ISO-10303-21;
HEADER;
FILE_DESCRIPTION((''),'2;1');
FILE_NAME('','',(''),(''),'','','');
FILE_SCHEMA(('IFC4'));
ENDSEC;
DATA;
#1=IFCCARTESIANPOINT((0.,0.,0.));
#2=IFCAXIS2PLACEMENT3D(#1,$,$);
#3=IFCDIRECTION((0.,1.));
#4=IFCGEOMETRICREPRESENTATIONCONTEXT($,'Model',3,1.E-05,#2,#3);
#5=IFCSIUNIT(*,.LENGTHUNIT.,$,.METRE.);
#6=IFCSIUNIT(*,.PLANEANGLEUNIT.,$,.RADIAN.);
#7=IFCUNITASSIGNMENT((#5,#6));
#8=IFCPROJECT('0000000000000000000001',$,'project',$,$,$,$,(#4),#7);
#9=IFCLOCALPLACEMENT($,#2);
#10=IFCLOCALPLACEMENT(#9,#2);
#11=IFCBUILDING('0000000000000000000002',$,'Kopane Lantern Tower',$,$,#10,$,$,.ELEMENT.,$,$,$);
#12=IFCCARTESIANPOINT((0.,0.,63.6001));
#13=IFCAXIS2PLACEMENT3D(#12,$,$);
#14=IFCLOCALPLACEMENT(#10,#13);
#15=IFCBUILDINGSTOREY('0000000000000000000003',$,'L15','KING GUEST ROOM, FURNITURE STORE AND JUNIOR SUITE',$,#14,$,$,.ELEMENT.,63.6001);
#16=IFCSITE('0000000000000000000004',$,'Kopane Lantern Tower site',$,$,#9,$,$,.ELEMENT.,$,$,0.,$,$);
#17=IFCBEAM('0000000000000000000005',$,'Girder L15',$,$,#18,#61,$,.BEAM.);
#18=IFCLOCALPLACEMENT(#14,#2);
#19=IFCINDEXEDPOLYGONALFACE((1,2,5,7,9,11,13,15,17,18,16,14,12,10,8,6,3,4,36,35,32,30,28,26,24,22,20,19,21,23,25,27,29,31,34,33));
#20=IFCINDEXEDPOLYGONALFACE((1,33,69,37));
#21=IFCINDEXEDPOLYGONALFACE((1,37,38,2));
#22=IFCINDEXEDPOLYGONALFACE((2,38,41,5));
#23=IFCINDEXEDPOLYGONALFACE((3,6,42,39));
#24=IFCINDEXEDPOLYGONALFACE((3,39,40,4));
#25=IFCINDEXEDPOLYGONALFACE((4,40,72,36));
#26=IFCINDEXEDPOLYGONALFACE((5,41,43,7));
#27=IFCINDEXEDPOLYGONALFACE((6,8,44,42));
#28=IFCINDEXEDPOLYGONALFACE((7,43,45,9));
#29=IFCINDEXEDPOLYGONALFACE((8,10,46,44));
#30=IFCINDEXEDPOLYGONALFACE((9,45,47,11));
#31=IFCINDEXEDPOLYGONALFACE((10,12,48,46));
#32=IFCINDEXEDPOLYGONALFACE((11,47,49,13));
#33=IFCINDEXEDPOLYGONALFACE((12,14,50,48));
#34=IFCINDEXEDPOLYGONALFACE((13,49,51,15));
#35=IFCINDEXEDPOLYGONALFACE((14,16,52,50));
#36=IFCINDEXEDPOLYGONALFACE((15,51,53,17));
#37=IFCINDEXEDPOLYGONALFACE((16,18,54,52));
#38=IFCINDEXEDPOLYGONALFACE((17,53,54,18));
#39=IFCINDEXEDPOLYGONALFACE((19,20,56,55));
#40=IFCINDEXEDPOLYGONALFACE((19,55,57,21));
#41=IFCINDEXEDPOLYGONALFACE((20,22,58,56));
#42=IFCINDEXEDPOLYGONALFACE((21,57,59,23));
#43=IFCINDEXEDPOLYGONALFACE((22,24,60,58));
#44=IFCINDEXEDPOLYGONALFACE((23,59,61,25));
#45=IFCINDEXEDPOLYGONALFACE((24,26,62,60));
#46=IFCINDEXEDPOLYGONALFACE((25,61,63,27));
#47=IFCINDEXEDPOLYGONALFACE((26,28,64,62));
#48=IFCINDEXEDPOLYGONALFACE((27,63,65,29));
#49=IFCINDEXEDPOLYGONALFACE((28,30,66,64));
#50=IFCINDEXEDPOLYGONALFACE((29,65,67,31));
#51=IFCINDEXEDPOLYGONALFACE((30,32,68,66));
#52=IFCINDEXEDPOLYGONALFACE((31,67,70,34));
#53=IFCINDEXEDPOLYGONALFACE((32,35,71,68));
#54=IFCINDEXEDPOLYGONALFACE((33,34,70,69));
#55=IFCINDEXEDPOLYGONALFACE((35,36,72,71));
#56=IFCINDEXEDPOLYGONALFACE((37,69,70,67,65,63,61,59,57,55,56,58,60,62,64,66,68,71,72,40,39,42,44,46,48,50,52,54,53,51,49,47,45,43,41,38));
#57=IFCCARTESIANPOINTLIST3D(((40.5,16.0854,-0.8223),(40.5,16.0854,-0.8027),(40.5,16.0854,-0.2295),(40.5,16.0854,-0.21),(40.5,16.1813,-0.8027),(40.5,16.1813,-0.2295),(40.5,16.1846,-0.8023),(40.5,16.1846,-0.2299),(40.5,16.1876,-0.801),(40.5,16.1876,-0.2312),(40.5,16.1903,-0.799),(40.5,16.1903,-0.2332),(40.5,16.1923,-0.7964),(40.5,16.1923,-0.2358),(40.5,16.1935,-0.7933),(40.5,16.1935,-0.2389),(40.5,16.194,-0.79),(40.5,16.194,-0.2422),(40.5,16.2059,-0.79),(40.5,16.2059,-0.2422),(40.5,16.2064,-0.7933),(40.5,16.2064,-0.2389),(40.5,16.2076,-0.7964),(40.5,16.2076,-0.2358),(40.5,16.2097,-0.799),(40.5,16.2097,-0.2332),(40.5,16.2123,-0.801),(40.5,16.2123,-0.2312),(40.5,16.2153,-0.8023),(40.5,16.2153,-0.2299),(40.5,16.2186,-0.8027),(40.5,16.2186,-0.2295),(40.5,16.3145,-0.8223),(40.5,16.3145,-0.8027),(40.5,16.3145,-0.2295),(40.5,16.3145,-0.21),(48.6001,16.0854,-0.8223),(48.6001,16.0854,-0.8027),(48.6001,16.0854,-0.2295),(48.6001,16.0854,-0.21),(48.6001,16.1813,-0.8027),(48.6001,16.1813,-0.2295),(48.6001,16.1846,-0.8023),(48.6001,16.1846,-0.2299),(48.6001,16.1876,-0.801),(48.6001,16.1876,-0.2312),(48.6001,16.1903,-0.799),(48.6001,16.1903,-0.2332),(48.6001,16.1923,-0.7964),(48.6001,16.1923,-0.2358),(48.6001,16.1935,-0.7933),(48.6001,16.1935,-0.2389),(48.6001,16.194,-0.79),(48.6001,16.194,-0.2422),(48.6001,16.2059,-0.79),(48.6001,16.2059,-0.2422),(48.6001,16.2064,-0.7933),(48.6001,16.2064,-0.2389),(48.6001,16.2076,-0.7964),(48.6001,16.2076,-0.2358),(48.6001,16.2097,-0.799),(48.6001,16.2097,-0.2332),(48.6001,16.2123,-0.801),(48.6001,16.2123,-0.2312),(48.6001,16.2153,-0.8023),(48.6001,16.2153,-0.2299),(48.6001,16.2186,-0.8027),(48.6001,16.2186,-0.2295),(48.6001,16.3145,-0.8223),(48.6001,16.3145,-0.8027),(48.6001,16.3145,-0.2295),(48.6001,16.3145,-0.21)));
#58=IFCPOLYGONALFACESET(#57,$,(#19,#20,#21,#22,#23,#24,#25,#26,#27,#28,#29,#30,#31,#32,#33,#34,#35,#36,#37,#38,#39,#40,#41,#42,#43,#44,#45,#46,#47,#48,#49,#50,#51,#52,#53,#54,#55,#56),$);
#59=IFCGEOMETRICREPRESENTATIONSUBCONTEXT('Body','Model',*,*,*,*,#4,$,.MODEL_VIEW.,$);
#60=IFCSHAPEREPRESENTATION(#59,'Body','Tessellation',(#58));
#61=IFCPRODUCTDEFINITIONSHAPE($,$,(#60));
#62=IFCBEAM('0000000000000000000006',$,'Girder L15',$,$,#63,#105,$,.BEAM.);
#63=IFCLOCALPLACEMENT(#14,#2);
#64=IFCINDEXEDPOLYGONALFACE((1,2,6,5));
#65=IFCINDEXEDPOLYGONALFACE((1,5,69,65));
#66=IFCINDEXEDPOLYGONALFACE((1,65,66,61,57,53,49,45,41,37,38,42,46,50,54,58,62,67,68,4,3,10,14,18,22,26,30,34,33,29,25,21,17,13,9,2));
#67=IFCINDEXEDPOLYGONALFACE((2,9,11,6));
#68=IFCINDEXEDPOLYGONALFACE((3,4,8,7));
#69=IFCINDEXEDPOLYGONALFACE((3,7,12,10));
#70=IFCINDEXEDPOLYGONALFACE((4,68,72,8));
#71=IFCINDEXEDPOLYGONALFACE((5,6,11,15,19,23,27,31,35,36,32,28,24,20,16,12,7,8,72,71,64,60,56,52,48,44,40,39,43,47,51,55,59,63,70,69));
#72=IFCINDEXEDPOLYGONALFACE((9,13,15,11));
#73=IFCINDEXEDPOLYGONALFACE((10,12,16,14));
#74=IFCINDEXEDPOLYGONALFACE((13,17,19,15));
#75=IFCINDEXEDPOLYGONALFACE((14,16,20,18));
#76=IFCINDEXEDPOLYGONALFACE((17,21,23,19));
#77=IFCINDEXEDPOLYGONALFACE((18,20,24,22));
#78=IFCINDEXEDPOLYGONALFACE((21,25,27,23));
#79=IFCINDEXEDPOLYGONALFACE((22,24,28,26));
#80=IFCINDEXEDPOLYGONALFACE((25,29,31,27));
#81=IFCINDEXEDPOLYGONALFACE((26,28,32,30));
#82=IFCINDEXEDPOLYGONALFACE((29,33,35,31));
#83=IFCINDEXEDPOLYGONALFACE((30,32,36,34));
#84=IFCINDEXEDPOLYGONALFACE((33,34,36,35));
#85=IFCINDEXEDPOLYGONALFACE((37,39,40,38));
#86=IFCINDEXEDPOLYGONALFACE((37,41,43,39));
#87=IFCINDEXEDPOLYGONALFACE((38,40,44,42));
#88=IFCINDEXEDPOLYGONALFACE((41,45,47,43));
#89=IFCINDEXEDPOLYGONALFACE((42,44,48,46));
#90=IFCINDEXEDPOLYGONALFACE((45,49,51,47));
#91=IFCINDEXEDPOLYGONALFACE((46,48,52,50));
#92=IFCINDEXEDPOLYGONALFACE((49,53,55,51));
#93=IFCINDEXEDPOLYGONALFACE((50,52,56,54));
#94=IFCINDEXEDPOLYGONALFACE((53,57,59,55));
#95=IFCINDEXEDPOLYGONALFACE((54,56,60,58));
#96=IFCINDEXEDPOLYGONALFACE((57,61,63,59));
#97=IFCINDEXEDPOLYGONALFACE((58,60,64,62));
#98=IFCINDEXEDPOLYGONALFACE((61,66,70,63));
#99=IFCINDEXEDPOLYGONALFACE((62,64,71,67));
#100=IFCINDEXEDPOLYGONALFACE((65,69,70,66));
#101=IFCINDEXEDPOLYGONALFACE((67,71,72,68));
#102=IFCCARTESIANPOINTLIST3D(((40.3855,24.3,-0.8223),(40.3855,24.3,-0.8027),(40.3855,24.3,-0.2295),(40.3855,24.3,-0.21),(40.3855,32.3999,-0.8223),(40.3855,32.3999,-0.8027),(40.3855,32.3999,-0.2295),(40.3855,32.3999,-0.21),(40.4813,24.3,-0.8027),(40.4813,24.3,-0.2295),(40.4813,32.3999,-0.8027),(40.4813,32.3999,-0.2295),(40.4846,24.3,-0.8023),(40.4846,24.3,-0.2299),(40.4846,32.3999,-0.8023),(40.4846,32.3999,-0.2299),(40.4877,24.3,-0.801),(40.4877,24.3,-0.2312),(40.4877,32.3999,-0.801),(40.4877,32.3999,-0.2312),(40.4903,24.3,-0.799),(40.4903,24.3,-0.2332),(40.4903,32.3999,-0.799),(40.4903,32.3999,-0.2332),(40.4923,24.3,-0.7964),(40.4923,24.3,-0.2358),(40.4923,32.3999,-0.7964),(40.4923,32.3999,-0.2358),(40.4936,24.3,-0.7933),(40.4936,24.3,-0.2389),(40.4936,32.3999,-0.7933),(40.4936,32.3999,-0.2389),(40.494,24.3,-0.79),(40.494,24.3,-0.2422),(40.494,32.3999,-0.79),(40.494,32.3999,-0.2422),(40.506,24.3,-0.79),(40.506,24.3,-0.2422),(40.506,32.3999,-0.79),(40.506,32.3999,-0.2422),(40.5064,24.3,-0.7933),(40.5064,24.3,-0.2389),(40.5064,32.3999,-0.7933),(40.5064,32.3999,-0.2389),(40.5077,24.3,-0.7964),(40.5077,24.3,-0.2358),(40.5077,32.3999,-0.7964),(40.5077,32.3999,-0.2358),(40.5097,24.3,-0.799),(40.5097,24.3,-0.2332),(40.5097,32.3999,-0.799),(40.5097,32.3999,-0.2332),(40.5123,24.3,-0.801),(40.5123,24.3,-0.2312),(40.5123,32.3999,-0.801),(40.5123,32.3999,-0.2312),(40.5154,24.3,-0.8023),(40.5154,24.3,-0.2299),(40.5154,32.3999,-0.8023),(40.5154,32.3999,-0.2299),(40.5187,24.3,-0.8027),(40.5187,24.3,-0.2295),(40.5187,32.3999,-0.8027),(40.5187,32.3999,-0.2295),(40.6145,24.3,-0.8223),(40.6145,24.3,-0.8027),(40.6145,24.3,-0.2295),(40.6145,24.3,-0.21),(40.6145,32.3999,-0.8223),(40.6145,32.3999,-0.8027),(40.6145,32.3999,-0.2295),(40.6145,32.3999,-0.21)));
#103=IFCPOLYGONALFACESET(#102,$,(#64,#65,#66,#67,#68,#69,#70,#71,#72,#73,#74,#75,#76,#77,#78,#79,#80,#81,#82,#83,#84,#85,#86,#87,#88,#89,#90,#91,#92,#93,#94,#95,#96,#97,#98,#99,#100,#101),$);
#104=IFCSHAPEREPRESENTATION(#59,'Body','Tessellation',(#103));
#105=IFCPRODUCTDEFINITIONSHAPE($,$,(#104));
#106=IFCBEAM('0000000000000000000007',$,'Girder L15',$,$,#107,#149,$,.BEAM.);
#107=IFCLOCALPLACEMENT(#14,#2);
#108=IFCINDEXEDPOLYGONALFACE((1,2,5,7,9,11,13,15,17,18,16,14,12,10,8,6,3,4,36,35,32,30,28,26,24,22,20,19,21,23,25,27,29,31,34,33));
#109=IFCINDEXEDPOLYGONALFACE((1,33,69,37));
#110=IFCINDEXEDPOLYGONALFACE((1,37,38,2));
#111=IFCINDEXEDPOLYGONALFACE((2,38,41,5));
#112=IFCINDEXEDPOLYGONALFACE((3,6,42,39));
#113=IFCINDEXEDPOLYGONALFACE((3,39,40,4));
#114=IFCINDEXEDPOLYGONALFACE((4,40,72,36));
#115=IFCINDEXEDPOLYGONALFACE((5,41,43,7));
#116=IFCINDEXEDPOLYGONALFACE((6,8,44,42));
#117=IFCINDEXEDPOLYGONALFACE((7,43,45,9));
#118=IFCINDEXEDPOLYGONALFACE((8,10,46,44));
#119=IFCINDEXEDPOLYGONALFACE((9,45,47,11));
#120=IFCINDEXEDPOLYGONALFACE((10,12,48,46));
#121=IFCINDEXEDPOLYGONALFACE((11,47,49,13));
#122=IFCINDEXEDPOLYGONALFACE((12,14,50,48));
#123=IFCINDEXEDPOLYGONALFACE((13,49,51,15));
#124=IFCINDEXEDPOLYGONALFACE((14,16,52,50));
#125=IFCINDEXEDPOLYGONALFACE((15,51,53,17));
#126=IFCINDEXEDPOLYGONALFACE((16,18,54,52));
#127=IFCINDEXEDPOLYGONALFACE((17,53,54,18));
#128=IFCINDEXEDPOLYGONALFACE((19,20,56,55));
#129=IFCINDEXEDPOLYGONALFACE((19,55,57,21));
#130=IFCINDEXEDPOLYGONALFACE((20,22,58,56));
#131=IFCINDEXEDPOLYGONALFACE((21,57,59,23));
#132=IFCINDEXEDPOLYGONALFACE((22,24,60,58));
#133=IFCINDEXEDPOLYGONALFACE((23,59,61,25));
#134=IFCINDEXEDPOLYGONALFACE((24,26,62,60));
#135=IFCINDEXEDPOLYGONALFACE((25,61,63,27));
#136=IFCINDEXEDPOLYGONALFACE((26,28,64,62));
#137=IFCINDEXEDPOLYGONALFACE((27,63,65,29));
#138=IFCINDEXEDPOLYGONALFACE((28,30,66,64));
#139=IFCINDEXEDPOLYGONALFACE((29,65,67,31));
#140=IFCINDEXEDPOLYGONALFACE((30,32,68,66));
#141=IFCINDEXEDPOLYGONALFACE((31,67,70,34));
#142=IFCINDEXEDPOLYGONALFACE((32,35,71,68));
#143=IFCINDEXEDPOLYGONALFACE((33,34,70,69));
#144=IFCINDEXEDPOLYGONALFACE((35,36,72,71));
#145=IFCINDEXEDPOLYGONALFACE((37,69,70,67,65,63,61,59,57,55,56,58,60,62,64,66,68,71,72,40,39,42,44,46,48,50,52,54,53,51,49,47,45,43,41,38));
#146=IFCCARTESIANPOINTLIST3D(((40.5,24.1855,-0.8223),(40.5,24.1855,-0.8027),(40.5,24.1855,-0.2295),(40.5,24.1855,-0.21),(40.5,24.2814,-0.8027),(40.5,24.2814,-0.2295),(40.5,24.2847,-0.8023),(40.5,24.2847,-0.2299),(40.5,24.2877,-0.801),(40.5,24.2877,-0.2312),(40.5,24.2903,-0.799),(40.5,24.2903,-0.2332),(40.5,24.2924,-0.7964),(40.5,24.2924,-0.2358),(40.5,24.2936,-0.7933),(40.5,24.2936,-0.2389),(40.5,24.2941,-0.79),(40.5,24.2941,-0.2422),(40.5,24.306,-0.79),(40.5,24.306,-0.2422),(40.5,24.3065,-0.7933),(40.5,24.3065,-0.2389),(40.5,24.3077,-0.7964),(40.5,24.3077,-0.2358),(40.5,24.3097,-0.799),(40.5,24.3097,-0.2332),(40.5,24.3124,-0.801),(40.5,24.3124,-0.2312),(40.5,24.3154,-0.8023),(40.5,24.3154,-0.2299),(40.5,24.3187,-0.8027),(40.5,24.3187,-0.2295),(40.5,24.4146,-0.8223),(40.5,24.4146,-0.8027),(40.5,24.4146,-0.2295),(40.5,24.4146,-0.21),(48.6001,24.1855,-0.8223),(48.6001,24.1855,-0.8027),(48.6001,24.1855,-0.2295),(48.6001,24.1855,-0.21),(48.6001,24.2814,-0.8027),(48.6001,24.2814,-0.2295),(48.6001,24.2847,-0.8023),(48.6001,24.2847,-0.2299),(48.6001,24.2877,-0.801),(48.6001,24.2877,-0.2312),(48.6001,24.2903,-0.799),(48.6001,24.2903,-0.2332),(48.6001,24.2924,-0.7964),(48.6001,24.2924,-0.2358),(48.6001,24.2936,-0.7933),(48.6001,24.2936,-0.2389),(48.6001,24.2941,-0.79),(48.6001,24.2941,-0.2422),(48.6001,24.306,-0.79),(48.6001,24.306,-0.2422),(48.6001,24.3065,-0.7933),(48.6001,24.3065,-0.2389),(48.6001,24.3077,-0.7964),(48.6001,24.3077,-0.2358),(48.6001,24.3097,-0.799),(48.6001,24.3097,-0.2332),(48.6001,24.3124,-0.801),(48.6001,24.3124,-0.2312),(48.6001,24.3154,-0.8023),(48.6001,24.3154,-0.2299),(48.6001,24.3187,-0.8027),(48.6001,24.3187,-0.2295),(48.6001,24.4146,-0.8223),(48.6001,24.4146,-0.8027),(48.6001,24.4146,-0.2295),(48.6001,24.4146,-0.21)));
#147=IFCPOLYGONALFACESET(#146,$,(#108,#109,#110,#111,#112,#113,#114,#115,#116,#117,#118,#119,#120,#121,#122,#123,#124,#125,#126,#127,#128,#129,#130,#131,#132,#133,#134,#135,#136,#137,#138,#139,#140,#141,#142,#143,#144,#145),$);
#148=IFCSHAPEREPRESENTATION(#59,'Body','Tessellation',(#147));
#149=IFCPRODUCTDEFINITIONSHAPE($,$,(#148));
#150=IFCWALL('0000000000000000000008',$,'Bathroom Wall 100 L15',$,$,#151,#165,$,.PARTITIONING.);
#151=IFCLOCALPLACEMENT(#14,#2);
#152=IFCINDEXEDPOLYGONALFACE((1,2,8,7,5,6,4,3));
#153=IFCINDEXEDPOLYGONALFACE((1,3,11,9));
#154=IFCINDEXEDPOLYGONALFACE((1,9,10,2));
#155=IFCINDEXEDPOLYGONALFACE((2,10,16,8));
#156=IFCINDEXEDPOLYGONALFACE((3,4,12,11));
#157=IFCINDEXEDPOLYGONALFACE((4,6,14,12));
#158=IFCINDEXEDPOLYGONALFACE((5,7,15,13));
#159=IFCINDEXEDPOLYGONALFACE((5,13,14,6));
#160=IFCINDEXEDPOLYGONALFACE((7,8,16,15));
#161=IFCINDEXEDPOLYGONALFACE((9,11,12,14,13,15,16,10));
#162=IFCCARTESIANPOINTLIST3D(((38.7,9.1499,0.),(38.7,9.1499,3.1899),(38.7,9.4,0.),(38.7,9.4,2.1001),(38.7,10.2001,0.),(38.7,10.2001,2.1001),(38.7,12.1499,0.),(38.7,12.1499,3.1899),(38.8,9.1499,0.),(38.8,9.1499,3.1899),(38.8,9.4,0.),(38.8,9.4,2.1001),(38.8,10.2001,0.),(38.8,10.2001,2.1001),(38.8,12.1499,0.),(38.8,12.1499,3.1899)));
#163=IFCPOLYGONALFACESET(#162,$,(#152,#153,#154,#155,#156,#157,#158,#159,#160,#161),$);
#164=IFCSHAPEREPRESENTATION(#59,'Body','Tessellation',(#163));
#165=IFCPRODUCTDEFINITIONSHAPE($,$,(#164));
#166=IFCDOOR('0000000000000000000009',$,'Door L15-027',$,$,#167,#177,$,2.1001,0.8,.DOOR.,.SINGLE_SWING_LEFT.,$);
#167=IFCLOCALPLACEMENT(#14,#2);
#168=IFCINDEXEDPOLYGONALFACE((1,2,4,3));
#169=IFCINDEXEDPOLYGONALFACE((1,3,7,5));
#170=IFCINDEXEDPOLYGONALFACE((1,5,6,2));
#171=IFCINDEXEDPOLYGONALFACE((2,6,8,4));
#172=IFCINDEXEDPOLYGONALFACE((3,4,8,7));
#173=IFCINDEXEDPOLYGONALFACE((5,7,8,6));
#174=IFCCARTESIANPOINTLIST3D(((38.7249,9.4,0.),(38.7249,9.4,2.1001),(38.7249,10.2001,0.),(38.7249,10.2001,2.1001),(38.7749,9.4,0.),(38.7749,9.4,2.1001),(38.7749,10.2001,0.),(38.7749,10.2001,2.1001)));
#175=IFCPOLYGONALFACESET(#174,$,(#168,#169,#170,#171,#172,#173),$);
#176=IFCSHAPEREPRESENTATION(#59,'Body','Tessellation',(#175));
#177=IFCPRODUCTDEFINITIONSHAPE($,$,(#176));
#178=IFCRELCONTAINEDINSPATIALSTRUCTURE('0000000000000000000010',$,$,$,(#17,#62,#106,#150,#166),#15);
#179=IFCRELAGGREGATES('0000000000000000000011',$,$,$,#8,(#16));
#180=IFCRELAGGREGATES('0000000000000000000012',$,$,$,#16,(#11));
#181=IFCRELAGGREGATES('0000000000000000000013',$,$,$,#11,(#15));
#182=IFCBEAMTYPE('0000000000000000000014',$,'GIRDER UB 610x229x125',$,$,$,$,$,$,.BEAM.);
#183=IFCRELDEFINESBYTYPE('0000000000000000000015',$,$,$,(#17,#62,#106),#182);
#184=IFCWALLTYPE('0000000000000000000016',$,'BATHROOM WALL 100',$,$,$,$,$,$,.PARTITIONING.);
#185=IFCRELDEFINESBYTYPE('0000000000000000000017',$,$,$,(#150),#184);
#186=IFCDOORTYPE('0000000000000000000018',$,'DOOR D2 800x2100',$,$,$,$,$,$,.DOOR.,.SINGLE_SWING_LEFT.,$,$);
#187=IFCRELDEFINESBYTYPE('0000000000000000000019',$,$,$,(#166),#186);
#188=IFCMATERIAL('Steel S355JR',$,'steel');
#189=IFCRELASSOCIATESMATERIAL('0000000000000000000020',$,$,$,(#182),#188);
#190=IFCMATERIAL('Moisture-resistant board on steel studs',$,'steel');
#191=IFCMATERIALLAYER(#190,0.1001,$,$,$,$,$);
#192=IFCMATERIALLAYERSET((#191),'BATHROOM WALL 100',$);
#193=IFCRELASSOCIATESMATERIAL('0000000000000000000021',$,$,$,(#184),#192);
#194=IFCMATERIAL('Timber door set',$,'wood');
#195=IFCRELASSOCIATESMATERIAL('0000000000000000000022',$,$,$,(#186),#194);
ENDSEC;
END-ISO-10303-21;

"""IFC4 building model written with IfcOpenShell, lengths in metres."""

from ifc_helpers import new_model, si_unit, direction, frame, frame_2d, origin, origin_2d, place, context, subcontext, project, spatial, rectangle, i_section, extrude, material, layer, layer_set, material_profile, profile_set, type_object, element, fill, save


model = new_model("IFC4")

# Units and contexts
model_context = context("Model", 3, precision=1e-05, world=origin(), true_north=direction((0.0, 1.0)))
body_context = subcontext(model_context, "Body", "Model", "MODEL_VIEW")
ifc_project = project(units=[si_unit("LENGTHUNIT", "METRE"), si_unit("PLANEANGLEUNIT", "RADIAN")], contexts=[model_context])

# Site, building, storey
site_placement = place(None, origin())
site = spatial("IfcSite", under=ifc_project, at=site_placement, Name="Kopane Lantern Tower site", CompositionType="ELEMENT", RefElevation=0.0)
building_placement = place(site_placement, origin())
building = spatial("IfcBuilding", under=site, at=building_placement, Name="Kopane Lantern Tower", CompositionType="ELEMENT")
storey_placement = place(building_placement, frame((0.0, 0.0, 63.6001)))
storey = spatial("IfcBuildingStorey", under=building, at=storey_placement, Name="L15", Description="KING GUEST ROOM, FURNITURE STORE AND JUNIOR SUITE", CompositionType="ELEMENT", Elevation=63.6001)

# Beams
ifc_material_1 = material(Name="Steel S355JR", Category="steel")
ifc_material_profile_1 = material_profile(ifc_material_1, i_section(OverallWidth=0.229, OverallDepth=0.6123, WebThickness=0.012, FlangeThickness=0.0195, FilletRadius=0.0127, at=origin_2d()), Name="UB 610x229x125")
ifc_profile_set_1 = profile_set([ifc_material_profile_1], Name="Steel S355JR")
beam_type_1 = type_object("IfcBeamType", Name="GIRDER UB 610x229x125", PredefinedType="BEAM", material=ifc_profile_set_1)
for number, where, z_axis, x_axis, name in (
    (1, (40.5, 16.2, -0.5161), (1.0, 0.0, 0.0), (0.0, 1.0, 0.0), "Girder L15"),
):
    element("IfcBeam", number, at=place(storey_placement, frame(where, z_axis=z_axis, x_axis=x_axis)), inside=storey, type_object=beam_type_1, Name=name, PredefinedType="BEAM", context=body_context, shape_type="SweptSolid", body=[
        extrude(i_section(OverallWidth=0.229, OverallDepth=0.6123, WebThickness=0.012, FlangeThickness=0.0195, FilletRadius=0.0127, at=origin_2d()), origin(), (0.0, 0.0, 1.0), 8.1001),
    ])
beam_1_placement = place(storey_placement, frame((40.5, 24.3, -0.5161), z_axis=(0.0, 1.0, 0.0), x_axis=(-1.0, 0.0, 0.0)))
element("IfcBeam", 2, at=beam_1_placement, inside=storey, type_object=beam_type_1, Name="Girder L15", PredefinedType="BEAM", context=body_context, shape_type="SweptSolid", body=[
    extrude(i_section(OverallWidth=0.229, OverallDepth=0.6123, WebThickness=0.012, FlangeThickness=0.0195, FilletRadius=0.0127, at=origin_2d()), origin(), (0.0, 0.0, 1.0), 8.0999),
])
beam_2_placement = place(storey_placement, frame((40.5, 24.3, -0.5161), z_axis=(1.0, 0.0, 0.0), x_axis=(0.0, 1.0, 0.0)))
element("IfcBeam", 3, at=beam_2_placement, inside=storey, type_object=beam_type_1, Name="Girder L15", PredefinedType="BEAM", context=body_context, shape_type="SweptSolid", body=[
    extrude(i_section(OverallWidth=0.229, OverallDepth=0.6123, WebThickness=0.012, FlangeThickness=0.0195, FilletRadius=0.0127, at=origin_2d()), origin(), (0.0, 0.0, 1.0), 8.1001),
])

# Wall, opening, door
ifc_material_2 = material(Name="Moisture-resistant board on steel studs", Category="steel")
ifc_layer_1 = layer(ifc_material_2, 0.1001)
ifc_layer_set_1 = layer_set([ifc_layer_1], Name="BATHROOM WALL 100")
wall_type_1 = type_object("IfcWallType", Name="BATHROOM WALL 100", PredefinedType="PARTITIONING", material=ifc_layer_set_1)
wall_1_placement = place(storey_placement, frame((38.75, 12.1499, 0.0), z_axis=(0.0, 0.0, 1.0), x_axis=(0.0, -1.0, 0.0)))
wall_1 = element("IfcWall", 4, at=wall_1_placement, inside=storey, type_object=wall_type_1, Name="Bathroom Wall 100 L15", PredefinedType="PARTITIONING", context=body_context, shape_type="SweptSolid", body=[
    extrude(rectangle(XDim=3.0, YDim=0.1001, at=frame_2d((1.5, 0.0))), origin(), (0.0, 0.0, 1.0), 3.1899),
])
opening_1_placement = place(wall_1_placement, frame((1.95, 0.0, 0.0)))
opening_1 = element("IfcOpeningElement", 5, at=opening_1_placement, cuts=wall_1, PredefinedType="OPENING", context=body_context, shape_type="SweptSolid", body=[
    extrude(rectangle(XDim=0.8, YDim=2.1001, at=frame_2d((0.3999, 1.05))), frame((0.0, 0.0601, 0.0), z_axis=(0.0, -1.0, 0.0), x_axis=(1.0, 0.0, 0.0)), (0.0, 0.0, 1.0), 0.1201),
])
ifc_material_3 = material(Name="Timber door set", Category="wood")
door_type_1 = type_object("IfcDoorType", Name="DOOR D2 800x2100", OperationType="SINGLE_SWING_LEFT", PredefinedType="DOOR", material=ifc_material_3)
door_1_placement = place(opening_1_placement, origin())
door_1 = element("IfcDoor", 6, at=door_1_placement, inside=storey, type_object=door_type_1, Name="Door L15-027", OperationType="SINGLE_SWING_LEFT", OverallHeight=2.1001, OverallWidth=0.8, PredefinedType="DOOR", context=body_context, shape_type="SweptSolid", body=[
    extrude(rectangle(XDim=0.8, YDim=2.1001, at=frame_2d((0.3999, 1.05))), frame((0.0, 0.0249, 0.0), z_axis=(0.0, -1.0, 0.0), x_axis=(1.0, 0.0, 0.0)), (0.0, 0.0, 1.0), 0.05),
])
fill(opening_1, door_1)

save(model, "model.ifc")
